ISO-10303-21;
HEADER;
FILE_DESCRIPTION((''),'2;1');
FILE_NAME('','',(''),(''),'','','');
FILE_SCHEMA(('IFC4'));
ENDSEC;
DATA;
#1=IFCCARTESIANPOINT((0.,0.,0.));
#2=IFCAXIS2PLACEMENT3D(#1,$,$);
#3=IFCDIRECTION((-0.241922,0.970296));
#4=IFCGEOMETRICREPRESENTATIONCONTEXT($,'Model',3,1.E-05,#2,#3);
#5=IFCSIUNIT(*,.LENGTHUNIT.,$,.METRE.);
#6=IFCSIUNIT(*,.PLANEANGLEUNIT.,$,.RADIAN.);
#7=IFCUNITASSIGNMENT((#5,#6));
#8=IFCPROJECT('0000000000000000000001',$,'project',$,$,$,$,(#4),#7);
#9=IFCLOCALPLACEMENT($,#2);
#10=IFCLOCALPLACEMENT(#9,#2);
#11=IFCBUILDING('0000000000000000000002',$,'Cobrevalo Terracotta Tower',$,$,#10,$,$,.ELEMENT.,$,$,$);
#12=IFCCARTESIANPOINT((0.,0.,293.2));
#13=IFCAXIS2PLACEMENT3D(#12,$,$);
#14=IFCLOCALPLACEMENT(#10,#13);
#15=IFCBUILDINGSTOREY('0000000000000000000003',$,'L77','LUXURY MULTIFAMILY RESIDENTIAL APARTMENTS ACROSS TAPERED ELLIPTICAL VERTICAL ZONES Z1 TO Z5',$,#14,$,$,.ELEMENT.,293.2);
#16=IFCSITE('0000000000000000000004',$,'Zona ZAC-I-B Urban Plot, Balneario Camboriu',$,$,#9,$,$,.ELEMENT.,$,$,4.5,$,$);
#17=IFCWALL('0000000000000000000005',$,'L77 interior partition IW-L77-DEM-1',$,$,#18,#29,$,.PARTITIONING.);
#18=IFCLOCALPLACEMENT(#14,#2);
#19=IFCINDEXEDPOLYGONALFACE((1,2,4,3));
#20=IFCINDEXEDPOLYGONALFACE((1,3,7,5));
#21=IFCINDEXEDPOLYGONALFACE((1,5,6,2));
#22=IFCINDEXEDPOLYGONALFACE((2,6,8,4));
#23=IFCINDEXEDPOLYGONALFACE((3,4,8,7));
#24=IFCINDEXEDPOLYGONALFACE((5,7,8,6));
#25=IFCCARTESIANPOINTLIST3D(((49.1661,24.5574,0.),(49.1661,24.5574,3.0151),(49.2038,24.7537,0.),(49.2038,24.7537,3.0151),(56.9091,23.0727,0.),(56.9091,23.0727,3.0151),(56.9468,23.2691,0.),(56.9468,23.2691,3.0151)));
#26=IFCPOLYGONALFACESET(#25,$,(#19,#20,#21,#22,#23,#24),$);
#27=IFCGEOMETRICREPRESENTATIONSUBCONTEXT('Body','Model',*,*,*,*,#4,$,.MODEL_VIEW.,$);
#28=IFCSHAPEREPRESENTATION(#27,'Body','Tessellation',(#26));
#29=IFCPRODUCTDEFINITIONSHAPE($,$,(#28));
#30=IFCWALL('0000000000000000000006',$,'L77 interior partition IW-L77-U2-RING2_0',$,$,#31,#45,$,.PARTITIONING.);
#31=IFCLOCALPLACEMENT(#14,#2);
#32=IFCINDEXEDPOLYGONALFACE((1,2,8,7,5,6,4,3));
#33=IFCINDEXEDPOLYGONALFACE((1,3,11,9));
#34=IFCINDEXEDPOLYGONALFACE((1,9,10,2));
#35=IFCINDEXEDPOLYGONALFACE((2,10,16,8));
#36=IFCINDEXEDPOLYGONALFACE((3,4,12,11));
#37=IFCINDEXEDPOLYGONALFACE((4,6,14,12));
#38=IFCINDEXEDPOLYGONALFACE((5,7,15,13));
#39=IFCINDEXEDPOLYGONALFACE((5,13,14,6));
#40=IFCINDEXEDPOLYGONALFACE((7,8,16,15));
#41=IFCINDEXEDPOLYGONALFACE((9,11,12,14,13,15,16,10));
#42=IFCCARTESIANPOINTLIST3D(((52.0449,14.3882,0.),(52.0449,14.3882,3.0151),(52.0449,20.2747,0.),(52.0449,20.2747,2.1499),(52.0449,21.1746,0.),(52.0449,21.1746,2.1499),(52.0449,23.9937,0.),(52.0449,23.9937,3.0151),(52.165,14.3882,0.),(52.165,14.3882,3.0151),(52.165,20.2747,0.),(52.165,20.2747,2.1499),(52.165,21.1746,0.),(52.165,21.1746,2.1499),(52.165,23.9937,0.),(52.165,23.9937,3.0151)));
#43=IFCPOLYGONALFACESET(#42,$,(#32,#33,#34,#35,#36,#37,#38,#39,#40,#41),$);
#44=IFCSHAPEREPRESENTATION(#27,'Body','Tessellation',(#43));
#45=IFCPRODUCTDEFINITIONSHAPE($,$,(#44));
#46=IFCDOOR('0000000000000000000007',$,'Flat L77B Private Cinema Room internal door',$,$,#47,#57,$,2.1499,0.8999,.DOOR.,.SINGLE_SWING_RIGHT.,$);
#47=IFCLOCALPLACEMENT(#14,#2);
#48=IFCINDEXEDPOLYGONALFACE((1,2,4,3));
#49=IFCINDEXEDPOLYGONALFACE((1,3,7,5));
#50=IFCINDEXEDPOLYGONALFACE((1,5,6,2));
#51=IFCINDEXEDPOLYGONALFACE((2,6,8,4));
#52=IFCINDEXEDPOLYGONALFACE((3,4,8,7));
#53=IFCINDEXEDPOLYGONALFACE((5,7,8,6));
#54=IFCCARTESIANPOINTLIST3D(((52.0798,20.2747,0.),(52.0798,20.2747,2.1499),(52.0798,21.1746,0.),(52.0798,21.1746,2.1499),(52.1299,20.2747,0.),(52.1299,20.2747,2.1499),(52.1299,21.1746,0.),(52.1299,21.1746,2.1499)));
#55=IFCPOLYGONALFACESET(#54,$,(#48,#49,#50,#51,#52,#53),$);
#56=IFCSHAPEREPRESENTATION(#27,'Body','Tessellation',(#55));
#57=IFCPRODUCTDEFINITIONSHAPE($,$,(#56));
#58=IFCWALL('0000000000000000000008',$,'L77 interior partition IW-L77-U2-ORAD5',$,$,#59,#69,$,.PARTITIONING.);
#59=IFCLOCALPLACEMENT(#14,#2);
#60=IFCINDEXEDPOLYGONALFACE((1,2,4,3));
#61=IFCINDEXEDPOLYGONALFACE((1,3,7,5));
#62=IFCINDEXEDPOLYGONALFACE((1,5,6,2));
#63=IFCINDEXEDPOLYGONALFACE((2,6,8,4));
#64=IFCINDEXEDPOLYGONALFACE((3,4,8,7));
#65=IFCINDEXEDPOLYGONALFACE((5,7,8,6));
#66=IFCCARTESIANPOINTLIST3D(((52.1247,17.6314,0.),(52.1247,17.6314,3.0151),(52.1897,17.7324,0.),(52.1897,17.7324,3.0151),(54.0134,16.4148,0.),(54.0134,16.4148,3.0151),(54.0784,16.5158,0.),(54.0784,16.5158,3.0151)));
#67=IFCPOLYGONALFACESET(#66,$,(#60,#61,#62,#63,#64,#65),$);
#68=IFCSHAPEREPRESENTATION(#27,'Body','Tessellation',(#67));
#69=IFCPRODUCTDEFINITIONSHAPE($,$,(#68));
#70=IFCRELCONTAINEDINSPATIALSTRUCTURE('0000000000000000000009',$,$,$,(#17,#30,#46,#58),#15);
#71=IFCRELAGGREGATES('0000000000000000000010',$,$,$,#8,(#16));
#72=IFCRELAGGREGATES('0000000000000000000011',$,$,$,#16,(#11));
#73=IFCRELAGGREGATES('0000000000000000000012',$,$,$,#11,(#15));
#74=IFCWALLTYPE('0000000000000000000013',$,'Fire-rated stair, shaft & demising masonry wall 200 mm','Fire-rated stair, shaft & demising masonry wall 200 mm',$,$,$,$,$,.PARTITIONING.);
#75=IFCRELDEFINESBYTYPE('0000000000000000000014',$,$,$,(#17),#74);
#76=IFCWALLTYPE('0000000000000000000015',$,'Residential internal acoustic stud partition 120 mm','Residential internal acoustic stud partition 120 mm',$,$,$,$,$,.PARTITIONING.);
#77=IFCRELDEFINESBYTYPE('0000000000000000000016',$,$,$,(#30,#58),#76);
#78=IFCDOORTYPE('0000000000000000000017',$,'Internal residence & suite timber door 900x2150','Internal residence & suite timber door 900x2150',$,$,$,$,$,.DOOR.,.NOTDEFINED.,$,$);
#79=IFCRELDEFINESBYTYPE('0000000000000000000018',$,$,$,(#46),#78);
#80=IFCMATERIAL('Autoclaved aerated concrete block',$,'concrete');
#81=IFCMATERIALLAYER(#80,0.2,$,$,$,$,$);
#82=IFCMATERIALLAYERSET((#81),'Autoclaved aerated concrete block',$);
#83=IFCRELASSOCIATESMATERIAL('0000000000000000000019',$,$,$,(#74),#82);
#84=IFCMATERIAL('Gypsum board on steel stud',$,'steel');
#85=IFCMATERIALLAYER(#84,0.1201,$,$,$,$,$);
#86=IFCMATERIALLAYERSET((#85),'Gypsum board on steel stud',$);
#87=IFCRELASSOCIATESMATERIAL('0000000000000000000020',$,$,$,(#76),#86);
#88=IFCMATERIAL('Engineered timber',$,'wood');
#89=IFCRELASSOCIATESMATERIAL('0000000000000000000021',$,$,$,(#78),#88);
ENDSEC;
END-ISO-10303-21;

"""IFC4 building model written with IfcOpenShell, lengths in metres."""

from ifc_helpers import new_model, si_unit, direction, frame, frame_2d, origin, place, context, subcontext, project, spatial, rectangle, extrude, source, transform, mapped, material, layer, layer_set, type_object, element, fill, save


model = new_model("IFC4")

# Units and contexts
model_context = context("Model", 3, precision=1e-05, world=origin(), true_north=direction((-0.241922, 0.970296)))
body_context = subcontext(model_context, "Body", "Model", "MODEL_VIEW")
ifc_project = project(units=[si_unit("LENGTHUNIT", "METRE"), si_unit("PLANEANGLEUNIT", "RADIAN")], contexts=[model_context])

# Site, building, storey
site_placement = place(None, origin())
site = spatial("IfcSite", under=ifc_project, at=site_placement, Name="Zona ZAC-I-B Urban Plot, Balneario Camboriu", CompositionType="ELEMENT", RefElevation=4.5)
building_placement = place(site_placement, origin())
building = spatial("IfcBuilding", under=site, at=building_placement, Name="Cobrevalo Terracotta Tower", CompositionType="ELEMENT")
storey_placement = place(building_placement, frame((0.0, 0.0, 293.2)))
storey = spatial("IfcBuildingStorey", under=building, at=storey_placement, Name="L77", Description="LUXURY MULTIFAMILY RESIDENTIAL APARTMENTS ACROSS TAPERED ELLIPTICAL VERTICAL ZONES Z1 TO Z5", CompositionType="ELEMENT", Elevation=293.2)

# Wall
ifc_material_1 = material(Name="Autoclaved aerated concrete block", Category="concrete")
ifc_layer_1 = layer(ifc_material_1, 0.2)
ifc_layer_set_1 = layer_set([ifc_layer_1], Name="Autoclaved aerated concrete block")
wall_type_1 = type_object("IfcWallType", Name="Fire-rated stair, shaft & demising masonry wall 200 mm", Description="Fire-rated stair, shaft & demising masonry wall 200 mm", PredefinedType="PARTITIONING", material=ifc_layer_set_1)
wall_1_placement = place(storey_placement, frame((49.1851, 24.6555, 0.0), z_axis=(0.0, 0.0, 1.0), x_axis=(0.98211, -0.188309, 0.0)))
element("IfcWall", 1, at=wall_1_placement, inside=storey, type_object=wall_type_1, Name="L77 interior partition IW-L77-DEM-1", PredefinedType="PARTITIONING", context=body_context, shape_type="SweptSolid", body=[
    extrude(rectangle(XDim=7.884, YDim=0.2, at=frame_2d((3.9419, 0.0))), origin(), (0.0, 0.0, 1.0), 3.0151),
])

# Wall, opening, door
ifc_material_2 = material(Name="Gypsum board on steel stud", Category="steel")
ifc_layer_2 = layer(ifc_material_2, 0.1201)
ifc_layer_set_2 = layer_set([ifc_layer_2], Name="Gypsum board on steel stud")
wall_type_2 = type_object("IfcWallType", Name="Residential internal acoustic stud partition 120 mm", Description="Residential internal acoustic stud partition 120 mm", PredefinedType="PARTITIONING", material=ifc_layer_set_2)
wall_2_placement = place(storey_placement, frame((52.105, 23.9937, 0.0), z_axis=(0.0, 0.0, 1.0), x_axis=(0.0, -1.0, 0.0)))
wall_2 = element("IfcWall", 2, at=wall_2_placement, inside=storey, type_object=wall_type_2, Name="L77 interior partition IW-L77-U2-RING2_0", PredefinedType="PARTITIONING", context=body_context, shape_type="SweptSolid", body=[
    extrude(rectangle(XDim=9.6055, YDim=0.1201, at=frame_2d((4.8027, 0.0))), origin(), (0.0, 0.0, 1.0), 3.0151),
])
opening_1_placement = place(wall_2_placement, frame((2.8191, 0.0, 0.0)))
opening_1 = element("IfcOpeningElement", 3, at=opening_1_placement, cuts=wall_2, PredefinedType="OPENING", context=body_context, shape_type="SweptSolid", body=[
    extrude(rectangle(XDim=0.8999, YDim=2.1499, at=frame_2d((0.45, 1.075))), frame((0.0, 0.0701, 0.0), z_axis=(0.0, -1.0, 0.0), x_axis=(1.0, 0.0, 0.0)), (0.0, 0.0, 1.0), 0.1401),
])
ifc_material_3 = material(Name="Engineered timber", Category="wood")
door_type = type_object("IfcDoorType", Name="Internal residence & suite timber door 900x2150", Description="Internal residence & suite timber door 900x2150", OperationType="NOTDEFINED", PredefinedType="DOOR", material=ifc_material_3)
shared_shape_1 = source(origin(), body_context, "Body", "SweptSolid", [
    extrude(rectangle(XDim=0.8999, YDim=2.1499, at=frame_2d((0.45, 1.075))), frame((0.0, 0.0249, 0.0), z_axis=(0.0, -1.0, 0.0), x_axis=(1.0, 0.0, 0.0)), (0.0, 0.0, 1.0), 0.05),
])
door_1_placement = place(opening_1_placement, origin())
door_1 = element("IfcDoor", 4, at=door_1_placement, inside=storey, type_object=door_type, Name="Flat L77B Private Cinema Room internal door", OperationType="SINGLE_SWING_RIGHT", OverallHeight=2.1499, OverallWidth=0.8999, PredefinedType="DOOR", context=body_context, shape_type="MappedRepresentation", body=[
    mapped(shared_shape_1, transform((0.0, 0.0, 0.0), scale=1.0)),
])
fill(opening_1, door_1)

# Wall
wall_3_placement = place(storey_placement, frame((52.1572, 17.6819, 0.0), z_axis=(0.0, 0.0, 1.0), x_axis=(0.840691, -0.541515, 0.0)))
element("IfcWall", 5, at=wall_3_placement, inside=storey, type_object=wall_type_2, Name="L77 interior partition IW-L77-U2-ORAD5", PredefinedType="PARTITIONING", context=body_context, shape_type="SweptSolid", body=[
    extrude(rectangle(XDim=2.2466, YDim=0.1201, at=frame_2d((1.1233, 0.0))), origin(), (0.0, 0.0, 1.0), 3.0151),
])

save(model, "model.ifc")
